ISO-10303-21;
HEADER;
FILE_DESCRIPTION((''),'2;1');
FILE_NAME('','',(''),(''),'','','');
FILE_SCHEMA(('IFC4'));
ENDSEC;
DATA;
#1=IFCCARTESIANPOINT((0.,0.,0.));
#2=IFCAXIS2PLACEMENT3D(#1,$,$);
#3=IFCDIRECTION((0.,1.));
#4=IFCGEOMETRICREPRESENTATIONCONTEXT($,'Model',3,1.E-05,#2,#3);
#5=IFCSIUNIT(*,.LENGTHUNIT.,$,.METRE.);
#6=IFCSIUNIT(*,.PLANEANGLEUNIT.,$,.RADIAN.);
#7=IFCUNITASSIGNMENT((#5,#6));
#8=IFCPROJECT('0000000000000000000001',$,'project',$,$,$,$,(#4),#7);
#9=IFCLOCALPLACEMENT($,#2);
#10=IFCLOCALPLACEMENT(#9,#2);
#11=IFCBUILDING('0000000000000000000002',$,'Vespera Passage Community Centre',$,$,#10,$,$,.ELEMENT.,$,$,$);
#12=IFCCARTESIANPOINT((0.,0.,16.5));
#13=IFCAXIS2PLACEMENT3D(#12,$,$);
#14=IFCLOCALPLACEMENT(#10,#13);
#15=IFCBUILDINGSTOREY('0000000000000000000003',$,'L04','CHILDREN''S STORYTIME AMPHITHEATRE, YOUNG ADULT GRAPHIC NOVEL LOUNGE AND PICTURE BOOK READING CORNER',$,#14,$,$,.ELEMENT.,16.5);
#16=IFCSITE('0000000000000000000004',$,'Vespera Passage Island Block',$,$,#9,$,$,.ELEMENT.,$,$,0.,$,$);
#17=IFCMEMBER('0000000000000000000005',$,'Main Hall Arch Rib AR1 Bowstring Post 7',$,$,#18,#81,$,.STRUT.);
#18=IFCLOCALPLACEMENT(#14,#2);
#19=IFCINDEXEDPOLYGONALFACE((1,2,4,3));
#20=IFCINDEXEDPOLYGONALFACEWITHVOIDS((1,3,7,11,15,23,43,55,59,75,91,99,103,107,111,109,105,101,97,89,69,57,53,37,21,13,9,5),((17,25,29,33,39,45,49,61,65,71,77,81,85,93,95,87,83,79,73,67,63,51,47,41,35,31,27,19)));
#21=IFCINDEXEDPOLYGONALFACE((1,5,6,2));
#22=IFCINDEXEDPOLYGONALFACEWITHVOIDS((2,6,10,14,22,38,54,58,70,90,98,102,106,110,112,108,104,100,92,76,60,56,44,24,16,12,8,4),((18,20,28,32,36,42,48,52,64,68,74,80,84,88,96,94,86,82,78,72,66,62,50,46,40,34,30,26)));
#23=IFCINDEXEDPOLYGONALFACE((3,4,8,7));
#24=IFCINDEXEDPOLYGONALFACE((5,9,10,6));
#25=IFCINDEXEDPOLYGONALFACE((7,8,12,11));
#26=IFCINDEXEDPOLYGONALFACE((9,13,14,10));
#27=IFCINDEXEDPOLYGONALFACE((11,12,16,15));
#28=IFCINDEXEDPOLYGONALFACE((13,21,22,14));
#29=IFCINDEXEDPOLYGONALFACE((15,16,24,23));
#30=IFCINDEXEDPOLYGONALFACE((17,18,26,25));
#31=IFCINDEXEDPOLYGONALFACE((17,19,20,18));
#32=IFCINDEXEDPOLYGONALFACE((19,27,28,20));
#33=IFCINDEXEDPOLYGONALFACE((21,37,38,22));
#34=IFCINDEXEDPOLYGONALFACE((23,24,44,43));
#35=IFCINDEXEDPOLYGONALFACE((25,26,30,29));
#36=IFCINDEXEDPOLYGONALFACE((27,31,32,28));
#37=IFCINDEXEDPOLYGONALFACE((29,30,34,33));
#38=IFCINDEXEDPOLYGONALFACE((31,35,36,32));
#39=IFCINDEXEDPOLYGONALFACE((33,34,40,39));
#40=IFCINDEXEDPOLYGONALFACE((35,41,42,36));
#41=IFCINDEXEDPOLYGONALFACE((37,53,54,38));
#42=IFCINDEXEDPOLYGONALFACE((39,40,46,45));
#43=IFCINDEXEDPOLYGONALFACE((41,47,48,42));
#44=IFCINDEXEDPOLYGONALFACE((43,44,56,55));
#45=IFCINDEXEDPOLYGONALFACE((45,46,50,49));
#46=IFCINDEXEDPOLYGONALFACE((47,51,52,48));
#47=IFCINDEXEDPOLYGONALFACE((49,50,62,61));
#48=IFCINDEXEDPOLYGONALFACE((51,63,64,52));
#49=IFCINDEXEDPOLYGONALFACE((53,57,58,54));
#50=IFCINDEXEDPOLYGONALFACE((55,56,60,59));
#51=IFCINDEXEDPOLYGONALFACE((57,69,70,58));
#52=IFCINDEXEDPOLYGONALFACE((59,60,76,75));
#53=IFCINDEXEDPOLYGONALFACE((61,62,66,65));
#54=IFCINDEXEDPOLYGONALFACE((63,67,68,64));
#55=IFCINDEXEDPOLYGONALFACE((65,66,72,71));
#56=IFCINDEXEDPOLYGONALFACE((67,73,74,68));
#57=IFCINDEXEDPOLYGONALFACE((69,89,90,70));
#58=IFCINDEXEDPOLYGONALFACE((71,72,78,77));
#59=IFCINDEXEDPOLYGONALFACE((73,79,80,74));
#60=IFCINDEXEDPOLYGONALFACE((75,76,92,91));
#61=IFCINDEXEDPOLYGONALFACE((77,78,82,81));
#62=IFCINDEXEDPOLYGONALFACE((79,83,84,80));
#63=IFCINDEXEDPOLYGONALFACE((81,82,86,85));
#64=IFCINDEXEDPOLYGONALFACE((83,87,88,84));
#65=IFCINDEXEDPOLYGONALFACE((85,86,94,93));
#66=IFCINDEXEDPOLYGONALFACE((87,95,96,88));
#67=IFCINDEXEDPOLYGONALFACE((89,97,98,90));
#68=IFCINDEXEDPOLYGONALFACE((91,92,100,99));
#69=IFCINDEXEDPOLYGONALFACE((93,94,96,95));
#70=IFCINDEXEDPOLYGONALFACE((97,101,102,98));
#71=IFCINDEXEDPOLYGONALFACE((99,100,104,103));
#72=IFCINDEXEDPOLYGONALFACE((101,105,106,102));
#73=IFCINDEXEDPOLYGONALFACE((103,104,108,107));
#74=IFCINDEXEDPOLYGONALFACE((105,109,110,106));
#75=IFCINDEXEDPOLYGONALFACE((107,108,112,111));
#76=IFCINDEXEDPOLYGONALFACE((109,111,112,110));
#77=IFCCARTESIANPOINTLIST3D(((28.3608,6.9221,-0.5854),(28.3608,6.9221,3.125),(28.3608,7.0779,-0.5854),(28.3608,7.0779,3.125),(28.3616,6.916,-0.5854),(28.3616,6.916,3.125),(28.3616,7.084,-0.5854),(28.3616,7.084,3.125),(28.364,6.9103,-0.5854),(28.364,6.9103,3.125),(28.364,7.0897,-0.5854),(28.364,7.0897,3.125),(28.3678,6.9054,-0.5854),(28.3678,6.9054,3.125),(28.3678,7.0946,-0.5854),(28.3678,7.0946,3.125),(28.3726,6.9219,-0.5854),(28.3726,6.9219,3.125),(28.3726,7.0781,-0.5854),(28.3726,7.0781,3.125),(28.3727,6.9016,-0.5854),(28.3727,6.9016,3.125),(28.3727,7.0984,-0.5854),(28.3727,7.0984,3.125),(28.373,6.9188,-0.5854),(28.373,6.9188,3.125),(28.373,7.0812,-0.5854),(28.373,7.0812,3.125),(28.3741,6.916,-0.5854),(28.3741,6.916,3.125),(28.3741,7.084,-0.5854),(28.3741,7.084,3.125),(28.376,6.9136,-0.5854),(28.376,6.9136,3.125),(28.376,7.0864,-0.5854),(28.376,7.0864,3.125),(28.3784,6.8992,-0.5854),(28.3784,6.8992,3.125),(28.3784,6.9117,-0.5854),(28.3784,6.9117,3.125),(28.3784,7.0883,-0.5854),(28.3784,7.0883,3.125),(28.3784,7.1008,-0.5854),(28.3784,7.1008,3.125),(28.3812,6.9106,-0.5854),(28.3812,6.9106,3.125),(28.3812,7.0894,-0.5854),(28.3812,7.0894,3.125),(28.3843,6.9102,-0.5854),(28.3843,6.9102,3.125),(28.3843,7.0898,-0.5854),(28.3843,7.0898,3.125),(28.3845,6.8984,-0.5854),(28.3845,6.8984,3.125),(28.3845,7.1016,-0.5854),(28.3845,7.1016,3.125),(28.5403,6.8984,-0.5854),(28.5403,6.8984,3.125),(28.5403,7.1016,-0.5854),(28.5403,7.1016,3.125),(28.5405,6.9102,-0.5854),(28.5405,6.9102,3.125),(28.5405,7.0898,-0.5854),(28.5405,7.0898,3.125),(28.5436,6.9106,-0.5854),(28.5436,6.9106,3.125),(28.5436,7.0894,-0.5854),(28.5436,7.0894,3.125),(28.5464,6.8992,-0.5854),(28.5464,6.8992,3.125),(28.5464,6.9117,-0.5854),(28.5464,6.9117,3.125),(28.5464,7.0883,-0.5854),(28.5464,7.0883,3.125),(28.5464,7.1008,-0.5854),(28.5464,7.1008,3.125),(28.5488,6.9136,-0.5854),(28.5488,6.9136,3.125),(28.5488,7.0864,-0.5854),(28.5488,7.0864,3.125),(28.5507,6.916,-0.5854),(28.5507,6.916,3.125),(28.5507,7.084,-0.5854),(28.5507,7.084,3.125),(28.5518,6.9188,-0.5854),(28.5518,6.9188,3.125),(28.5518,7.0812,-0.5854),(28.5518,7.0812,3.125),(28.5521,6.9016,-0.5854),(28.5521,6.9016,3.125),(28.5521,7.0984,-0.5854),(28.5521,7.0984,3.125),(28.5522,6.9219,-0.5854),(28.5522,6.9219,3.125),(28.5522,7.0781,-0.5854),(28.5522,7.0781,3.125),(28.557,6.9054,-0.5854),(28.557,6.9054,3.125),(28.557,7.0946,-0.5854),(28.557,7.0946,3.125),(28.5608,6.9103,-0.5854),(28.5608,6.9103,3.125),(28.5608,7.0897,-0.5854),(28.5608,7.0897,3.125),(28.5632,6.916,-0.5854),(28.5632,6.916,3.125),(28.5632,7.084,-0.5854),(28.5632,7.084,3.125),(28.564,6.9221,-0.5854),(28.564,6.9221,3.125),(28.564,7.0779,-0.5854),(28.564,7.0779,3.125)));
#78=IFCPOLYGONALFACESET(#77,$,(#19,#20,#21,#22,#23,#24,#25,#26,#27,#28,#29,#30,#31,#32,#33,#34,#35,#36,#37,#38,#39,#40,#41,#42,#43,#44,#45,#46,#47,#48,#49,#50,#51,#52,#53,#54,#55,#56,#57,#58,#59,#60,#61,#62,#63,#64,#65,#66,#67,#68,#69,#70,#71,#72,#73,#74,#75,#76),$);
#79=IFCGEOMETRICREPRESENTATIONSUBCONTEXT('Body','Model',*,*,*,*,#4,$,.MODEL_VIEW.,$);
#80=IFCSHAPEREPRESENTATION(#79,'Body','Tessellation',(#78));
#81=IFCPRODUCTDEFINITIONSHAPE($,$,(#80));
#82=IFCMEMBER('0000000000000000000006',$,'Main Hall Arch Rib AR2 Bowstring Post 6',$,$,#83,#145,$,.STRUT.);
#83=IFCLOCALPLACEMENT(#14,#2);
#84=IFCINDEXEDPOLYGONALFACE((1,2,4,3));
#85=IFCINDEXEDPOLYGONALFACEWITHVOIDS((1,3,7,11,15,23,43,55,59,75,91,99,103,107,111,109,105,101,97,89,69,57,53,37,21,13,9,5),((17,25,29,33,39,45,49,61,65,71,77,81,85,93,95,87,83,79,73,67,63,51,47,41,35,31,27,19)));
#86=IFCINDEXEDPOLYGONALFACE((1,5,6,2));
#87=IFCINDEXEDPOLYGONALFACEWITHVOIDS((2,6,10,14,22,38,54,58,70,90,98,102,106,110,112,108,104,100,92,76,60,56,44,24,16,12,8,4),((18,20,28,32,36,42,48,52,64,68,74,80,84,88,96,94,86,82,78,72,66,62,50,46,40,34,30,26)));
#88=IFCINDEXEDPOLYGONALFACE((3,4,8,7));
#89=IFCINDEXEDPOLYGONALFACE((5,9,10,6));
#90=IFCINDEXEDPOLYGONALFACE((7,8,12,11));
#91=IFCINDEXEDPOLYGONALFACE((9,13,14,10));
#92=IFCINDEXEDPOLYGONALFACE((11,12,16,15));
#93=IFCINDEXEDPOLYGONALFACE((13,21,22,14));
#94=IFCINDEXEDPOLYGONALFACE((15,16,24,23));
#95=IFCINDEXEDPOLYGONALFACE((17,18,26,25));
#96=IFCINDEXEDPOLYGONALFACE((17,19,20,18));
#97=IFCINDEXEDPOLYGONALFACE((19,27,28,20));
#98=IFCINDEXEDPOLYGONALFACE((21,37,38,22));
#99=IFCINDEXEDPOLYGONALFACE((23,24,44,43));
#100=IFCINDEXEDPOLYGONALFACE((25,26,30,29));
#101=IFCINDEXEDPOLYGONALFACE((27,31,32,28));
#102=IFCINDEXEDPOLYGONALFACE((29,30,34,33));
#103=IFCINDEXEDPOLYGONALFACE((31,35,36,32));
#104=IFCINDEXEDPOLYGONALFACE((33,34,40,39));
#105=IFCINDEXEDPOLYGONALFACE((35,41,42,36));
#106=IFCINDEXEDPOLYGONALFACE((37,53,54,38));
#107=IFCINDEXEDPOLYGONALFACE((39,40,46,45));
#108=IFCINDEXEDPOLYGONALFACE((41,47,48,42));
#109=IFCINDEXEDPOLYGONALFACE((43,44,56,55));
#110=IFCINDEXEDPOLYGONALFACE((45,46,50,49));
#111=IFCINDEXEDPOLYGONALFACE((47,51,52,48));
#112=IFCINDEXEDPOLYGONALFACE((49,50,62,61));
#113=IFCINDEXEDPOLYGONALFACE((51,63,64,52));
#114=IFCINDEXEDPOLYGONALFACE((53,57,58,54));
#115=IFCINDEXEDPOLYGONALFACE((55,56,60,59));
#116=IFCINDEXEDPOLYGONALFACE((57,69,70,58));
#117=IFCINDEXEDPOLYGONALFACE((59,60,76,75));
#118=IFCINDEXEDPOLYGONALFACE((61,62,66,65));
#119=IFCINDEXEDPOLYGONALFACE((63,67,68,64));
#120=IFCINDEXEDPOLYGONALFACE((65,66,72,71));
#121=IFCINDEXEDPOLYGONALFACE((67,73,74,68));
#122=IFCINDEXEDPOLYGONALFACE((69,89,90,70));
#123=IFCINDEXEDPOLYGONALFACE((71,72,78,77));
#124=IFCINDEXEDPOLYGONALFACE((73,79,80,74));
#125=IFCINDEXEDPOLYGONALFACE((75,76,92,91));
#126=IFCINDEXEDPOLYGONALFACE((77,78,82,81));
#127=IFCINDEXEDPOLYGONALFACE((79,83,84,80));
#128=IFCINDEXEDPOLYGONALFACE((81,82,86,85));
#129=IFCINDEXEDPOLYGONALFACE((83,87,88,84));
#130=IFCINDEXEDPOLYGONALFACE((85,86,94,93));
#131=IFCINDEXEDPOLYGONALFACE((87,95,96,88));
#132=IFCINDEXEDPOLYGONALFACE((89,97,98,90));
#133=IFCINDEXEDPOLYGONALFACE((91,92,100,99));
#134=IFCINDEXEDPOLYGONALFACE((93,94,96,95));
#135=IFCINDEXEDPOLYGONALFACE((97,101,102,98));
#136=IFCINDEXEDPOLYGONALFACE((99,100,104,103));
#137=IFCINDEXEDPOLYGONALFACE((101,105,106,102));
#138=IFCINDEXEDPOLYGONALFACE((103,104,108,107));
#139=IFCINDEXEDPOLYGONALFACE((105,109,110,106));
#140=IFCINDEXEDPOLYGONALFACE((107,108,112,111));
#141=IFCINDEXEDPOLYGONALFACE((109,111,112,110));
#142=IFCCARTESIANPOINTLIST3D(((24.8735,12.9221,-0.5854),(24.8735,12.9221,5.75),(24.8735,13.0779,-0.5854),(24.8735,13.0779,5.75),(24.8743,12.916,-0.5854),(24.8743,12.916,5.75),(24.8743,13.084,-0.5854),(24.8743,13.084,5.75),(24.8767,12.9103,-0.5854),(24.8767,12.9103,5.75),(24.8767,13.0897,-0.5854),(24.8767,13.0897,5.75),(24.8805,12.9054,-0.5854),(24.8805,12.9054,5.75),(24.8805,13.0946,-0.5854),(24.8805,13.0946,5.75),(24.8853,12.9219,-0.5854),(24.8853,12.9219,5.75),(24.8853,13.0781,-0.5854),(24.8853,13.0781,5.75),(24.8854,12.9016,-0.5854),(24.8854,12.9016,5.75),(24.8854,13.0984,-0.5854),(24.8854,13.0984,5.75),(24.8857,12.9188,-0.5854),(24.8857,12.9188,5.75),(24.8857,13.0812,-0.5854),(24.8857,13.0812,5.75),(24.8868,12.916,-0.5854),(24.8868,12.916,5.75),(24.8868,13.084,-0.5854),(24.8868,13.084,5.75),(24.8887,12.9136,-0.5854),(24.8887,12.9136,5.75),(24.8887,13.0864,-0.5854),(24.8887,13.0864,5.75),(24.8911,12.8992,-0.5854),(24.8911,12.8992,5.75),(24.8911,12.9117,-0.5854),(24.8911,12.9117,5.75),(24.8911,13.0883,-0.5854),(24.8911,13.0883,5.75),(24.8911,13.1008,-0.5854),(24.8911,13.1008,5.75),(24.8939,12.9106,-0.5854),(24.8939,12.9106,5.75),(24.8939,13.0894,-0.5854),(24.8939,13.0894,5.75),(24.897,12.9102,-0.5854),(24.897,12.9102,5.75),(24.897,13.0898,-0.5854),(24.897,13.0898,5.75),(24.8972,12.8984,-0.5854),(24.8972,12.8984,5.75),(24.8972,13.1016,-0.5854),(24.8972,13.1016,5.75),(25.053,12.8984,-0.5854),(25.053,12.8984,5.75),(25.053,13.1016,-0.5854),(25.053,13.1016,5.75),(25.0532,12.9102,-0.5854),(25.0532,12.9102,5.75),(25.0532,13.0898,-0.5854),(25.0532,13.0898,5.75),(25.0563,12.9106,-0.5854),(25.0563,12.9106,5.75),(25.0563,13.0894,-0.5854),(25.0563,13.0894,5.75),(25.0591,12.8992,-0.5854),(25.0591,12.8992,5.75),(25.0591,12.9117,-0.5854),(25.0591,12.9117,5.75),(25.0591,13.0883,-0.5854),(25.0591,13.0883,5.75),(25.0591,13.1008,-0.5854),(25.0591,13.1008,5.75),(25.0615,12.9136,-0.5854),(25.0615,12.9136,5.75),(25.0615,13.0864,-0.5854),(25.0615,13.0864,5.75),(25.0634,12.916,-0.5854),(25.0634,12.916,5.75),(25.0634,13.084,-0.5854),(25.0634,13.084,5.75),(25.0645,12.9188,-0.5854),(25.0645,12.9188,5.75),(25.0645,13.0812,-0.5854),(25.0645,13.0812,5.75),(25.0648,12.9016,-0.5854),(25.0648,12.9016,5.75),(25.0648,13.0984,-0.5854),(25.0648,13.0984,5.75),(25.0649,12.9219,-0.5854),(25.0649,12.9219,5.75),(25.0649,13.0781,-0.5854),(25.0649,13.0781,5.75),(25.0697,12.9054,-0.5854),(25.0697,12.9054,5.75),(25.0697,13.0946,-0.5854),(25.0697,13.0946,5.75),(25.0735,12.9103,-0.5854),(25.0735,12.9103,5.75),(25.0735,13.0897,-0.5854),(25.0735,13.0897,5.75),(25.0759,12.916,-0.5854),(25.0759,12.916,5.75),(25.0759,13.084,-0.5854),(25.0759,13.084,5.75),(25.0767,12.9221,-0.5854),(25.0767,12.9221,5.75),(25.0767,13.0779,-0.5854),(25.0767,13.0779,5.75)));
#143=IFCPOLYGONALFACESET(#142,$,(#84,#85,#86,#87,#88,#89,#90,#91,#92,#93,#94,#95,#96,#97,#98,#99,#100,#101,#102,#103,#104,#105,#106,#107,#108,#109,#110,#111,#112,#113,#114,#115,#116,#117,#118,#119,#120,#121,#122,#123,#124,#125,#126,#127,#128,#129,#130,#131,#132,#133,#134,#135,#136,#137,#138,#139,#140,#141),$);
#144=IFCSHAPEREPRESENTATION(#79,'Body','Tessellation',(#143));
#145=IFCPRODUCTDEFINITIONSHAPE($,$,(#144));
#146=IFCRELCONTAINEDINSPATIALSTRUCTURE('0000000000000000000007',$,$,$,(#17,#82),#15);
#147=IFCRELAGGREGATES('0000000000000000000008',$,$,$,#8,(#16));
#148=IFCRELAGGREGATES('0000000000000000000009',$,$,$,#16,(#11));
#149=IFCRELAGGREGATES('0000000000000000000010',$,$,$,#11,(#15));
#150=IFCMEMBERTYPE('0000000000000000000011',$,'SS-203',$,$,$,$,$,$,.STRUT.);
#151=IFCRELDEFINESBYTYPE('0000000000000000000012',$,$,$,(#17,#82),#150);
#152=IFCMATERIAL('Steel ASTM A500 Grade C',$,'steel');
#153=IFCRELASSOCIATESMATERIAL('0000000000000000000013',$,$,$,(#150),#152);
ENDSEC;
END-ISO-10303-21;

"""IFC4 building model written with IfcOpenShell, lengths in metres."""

from ifc_helpers import new_model, si_unit, direction, frame, origin, origin_2d, place, context, subcontext, project, spatial, hollow_rectangle, extrude, material, material_profile, profile_set, type_object, element, save


model = new_model("IFC4")

# Units and contexts
model_context = context("Model", 3, precision=1e-05, world=origin(), true_north=direction((0.0, 1.0)))
body_context = subcontext(model_context, "Body", "Model", "MODEL_VIEW")
ifc_project = project(units=[si_unit("LENGTHUNIT", "METRE"), si_unit("PLANEANGLEUNIT", "RADIAN")], contexts=[model_context])

# Site, building, storey
site_placement = place(None, origin())
site = spatial("IfcSite", under=ifc_project, at=site_placement, Name="Vespera Passage Island Block", CompositionType="ELEMENT", RefElevation=0.0)
building_placement = place(site_placement, origin())
building = spatial("IfcBuilding", under=site, at=building_placement, Name="Vespera Passage Community Centre", CompositionType="ELEMENT")
storey_placement = place(building_placement, frame((0.0, 0.0, 16.5)))
storey = spatial("IfcBuildingStorey", under=building, at=storey_placement, Name="L04", Description="CHILDREN'S STORYTIME AMPHITHEATRE, YOUNG ADULT GRAPHIC NOVEL LOUNGE AND PICTURE BOOK READING CORNER", CompositionType="ELEMENT", Elevation=16.5)

# Members
ifc_material_1 = material(Name="Steel ASTM A500 Grade C", Category="steel")
ifc_material_profile_1 = material_profile(ifc_material_1, hollow_rectangle(XDim=0.2031, YDim=0.2031, WallThickness=0.0117, InnerFilletRadius=0.0117, OuterFilletRadius=0.0237, at=origin_2d()), Name="HSS203X203X12.7")
ifc_profile_set_1 = profile_set([ifc_material_profile_1], Name="Steel ASTM A500 Grade C")
member_type_1 = type_object("IfcMemberType", Name="SS-203", PredefinedType="STRUT", material=ifc_profile_set_1)
member_1_placement = place(storey_placement, frame((28.4624, 7.0, -0.5854), z_axis=(0.0, 0.0, 1.0), x_axis=(1.0, 0.0, 0.0)))
element("IfcMember", 1, at=member_1_placement, inside=storey, type_object=member_type_1, Name="Main Hall Arch Rib AR1 Bowstring Post 7", PredefinedType="STRUT", context=body_context, shape_type="SweptSolid", body=[
    extrude(hollow_rectangle(XDim=0.2031, YDim=0.2031, WallThickness=0.0117, InnerFilletRadius=0.0117, OuterFilletRadius=0.0237, at=origin_2d()), origin(), (0.0, 0.0, 1.0), 3.7104),
])
member_2_placement = place(storey_placement, frame((24.9751, 13.0, -0.5854), z_axis=(0.0, 0.0, 1.0), x_axis=(1.0, 0.0, 0.0)))
element("IfcMember", 2, at=member_2_placement, inside=storey, type_object=member_type_1, Name="Main Hall Arch Rib AR2 Bowstring Post 6", PredefinedType="STRUT", context=body_context, shape_type="SweptSolid", body=[
    extrude(hollow_rectangle(XDim=0.2031, YDim=0.2031, WallThickness=0.0117, InnerFilletRadius=0.0117, OuterFilletRadius=0.0237, at=origin_2d()), origin(), (0.0, 0.0, 1.0), 6.3354),
])

save(model, "model.ifc")
